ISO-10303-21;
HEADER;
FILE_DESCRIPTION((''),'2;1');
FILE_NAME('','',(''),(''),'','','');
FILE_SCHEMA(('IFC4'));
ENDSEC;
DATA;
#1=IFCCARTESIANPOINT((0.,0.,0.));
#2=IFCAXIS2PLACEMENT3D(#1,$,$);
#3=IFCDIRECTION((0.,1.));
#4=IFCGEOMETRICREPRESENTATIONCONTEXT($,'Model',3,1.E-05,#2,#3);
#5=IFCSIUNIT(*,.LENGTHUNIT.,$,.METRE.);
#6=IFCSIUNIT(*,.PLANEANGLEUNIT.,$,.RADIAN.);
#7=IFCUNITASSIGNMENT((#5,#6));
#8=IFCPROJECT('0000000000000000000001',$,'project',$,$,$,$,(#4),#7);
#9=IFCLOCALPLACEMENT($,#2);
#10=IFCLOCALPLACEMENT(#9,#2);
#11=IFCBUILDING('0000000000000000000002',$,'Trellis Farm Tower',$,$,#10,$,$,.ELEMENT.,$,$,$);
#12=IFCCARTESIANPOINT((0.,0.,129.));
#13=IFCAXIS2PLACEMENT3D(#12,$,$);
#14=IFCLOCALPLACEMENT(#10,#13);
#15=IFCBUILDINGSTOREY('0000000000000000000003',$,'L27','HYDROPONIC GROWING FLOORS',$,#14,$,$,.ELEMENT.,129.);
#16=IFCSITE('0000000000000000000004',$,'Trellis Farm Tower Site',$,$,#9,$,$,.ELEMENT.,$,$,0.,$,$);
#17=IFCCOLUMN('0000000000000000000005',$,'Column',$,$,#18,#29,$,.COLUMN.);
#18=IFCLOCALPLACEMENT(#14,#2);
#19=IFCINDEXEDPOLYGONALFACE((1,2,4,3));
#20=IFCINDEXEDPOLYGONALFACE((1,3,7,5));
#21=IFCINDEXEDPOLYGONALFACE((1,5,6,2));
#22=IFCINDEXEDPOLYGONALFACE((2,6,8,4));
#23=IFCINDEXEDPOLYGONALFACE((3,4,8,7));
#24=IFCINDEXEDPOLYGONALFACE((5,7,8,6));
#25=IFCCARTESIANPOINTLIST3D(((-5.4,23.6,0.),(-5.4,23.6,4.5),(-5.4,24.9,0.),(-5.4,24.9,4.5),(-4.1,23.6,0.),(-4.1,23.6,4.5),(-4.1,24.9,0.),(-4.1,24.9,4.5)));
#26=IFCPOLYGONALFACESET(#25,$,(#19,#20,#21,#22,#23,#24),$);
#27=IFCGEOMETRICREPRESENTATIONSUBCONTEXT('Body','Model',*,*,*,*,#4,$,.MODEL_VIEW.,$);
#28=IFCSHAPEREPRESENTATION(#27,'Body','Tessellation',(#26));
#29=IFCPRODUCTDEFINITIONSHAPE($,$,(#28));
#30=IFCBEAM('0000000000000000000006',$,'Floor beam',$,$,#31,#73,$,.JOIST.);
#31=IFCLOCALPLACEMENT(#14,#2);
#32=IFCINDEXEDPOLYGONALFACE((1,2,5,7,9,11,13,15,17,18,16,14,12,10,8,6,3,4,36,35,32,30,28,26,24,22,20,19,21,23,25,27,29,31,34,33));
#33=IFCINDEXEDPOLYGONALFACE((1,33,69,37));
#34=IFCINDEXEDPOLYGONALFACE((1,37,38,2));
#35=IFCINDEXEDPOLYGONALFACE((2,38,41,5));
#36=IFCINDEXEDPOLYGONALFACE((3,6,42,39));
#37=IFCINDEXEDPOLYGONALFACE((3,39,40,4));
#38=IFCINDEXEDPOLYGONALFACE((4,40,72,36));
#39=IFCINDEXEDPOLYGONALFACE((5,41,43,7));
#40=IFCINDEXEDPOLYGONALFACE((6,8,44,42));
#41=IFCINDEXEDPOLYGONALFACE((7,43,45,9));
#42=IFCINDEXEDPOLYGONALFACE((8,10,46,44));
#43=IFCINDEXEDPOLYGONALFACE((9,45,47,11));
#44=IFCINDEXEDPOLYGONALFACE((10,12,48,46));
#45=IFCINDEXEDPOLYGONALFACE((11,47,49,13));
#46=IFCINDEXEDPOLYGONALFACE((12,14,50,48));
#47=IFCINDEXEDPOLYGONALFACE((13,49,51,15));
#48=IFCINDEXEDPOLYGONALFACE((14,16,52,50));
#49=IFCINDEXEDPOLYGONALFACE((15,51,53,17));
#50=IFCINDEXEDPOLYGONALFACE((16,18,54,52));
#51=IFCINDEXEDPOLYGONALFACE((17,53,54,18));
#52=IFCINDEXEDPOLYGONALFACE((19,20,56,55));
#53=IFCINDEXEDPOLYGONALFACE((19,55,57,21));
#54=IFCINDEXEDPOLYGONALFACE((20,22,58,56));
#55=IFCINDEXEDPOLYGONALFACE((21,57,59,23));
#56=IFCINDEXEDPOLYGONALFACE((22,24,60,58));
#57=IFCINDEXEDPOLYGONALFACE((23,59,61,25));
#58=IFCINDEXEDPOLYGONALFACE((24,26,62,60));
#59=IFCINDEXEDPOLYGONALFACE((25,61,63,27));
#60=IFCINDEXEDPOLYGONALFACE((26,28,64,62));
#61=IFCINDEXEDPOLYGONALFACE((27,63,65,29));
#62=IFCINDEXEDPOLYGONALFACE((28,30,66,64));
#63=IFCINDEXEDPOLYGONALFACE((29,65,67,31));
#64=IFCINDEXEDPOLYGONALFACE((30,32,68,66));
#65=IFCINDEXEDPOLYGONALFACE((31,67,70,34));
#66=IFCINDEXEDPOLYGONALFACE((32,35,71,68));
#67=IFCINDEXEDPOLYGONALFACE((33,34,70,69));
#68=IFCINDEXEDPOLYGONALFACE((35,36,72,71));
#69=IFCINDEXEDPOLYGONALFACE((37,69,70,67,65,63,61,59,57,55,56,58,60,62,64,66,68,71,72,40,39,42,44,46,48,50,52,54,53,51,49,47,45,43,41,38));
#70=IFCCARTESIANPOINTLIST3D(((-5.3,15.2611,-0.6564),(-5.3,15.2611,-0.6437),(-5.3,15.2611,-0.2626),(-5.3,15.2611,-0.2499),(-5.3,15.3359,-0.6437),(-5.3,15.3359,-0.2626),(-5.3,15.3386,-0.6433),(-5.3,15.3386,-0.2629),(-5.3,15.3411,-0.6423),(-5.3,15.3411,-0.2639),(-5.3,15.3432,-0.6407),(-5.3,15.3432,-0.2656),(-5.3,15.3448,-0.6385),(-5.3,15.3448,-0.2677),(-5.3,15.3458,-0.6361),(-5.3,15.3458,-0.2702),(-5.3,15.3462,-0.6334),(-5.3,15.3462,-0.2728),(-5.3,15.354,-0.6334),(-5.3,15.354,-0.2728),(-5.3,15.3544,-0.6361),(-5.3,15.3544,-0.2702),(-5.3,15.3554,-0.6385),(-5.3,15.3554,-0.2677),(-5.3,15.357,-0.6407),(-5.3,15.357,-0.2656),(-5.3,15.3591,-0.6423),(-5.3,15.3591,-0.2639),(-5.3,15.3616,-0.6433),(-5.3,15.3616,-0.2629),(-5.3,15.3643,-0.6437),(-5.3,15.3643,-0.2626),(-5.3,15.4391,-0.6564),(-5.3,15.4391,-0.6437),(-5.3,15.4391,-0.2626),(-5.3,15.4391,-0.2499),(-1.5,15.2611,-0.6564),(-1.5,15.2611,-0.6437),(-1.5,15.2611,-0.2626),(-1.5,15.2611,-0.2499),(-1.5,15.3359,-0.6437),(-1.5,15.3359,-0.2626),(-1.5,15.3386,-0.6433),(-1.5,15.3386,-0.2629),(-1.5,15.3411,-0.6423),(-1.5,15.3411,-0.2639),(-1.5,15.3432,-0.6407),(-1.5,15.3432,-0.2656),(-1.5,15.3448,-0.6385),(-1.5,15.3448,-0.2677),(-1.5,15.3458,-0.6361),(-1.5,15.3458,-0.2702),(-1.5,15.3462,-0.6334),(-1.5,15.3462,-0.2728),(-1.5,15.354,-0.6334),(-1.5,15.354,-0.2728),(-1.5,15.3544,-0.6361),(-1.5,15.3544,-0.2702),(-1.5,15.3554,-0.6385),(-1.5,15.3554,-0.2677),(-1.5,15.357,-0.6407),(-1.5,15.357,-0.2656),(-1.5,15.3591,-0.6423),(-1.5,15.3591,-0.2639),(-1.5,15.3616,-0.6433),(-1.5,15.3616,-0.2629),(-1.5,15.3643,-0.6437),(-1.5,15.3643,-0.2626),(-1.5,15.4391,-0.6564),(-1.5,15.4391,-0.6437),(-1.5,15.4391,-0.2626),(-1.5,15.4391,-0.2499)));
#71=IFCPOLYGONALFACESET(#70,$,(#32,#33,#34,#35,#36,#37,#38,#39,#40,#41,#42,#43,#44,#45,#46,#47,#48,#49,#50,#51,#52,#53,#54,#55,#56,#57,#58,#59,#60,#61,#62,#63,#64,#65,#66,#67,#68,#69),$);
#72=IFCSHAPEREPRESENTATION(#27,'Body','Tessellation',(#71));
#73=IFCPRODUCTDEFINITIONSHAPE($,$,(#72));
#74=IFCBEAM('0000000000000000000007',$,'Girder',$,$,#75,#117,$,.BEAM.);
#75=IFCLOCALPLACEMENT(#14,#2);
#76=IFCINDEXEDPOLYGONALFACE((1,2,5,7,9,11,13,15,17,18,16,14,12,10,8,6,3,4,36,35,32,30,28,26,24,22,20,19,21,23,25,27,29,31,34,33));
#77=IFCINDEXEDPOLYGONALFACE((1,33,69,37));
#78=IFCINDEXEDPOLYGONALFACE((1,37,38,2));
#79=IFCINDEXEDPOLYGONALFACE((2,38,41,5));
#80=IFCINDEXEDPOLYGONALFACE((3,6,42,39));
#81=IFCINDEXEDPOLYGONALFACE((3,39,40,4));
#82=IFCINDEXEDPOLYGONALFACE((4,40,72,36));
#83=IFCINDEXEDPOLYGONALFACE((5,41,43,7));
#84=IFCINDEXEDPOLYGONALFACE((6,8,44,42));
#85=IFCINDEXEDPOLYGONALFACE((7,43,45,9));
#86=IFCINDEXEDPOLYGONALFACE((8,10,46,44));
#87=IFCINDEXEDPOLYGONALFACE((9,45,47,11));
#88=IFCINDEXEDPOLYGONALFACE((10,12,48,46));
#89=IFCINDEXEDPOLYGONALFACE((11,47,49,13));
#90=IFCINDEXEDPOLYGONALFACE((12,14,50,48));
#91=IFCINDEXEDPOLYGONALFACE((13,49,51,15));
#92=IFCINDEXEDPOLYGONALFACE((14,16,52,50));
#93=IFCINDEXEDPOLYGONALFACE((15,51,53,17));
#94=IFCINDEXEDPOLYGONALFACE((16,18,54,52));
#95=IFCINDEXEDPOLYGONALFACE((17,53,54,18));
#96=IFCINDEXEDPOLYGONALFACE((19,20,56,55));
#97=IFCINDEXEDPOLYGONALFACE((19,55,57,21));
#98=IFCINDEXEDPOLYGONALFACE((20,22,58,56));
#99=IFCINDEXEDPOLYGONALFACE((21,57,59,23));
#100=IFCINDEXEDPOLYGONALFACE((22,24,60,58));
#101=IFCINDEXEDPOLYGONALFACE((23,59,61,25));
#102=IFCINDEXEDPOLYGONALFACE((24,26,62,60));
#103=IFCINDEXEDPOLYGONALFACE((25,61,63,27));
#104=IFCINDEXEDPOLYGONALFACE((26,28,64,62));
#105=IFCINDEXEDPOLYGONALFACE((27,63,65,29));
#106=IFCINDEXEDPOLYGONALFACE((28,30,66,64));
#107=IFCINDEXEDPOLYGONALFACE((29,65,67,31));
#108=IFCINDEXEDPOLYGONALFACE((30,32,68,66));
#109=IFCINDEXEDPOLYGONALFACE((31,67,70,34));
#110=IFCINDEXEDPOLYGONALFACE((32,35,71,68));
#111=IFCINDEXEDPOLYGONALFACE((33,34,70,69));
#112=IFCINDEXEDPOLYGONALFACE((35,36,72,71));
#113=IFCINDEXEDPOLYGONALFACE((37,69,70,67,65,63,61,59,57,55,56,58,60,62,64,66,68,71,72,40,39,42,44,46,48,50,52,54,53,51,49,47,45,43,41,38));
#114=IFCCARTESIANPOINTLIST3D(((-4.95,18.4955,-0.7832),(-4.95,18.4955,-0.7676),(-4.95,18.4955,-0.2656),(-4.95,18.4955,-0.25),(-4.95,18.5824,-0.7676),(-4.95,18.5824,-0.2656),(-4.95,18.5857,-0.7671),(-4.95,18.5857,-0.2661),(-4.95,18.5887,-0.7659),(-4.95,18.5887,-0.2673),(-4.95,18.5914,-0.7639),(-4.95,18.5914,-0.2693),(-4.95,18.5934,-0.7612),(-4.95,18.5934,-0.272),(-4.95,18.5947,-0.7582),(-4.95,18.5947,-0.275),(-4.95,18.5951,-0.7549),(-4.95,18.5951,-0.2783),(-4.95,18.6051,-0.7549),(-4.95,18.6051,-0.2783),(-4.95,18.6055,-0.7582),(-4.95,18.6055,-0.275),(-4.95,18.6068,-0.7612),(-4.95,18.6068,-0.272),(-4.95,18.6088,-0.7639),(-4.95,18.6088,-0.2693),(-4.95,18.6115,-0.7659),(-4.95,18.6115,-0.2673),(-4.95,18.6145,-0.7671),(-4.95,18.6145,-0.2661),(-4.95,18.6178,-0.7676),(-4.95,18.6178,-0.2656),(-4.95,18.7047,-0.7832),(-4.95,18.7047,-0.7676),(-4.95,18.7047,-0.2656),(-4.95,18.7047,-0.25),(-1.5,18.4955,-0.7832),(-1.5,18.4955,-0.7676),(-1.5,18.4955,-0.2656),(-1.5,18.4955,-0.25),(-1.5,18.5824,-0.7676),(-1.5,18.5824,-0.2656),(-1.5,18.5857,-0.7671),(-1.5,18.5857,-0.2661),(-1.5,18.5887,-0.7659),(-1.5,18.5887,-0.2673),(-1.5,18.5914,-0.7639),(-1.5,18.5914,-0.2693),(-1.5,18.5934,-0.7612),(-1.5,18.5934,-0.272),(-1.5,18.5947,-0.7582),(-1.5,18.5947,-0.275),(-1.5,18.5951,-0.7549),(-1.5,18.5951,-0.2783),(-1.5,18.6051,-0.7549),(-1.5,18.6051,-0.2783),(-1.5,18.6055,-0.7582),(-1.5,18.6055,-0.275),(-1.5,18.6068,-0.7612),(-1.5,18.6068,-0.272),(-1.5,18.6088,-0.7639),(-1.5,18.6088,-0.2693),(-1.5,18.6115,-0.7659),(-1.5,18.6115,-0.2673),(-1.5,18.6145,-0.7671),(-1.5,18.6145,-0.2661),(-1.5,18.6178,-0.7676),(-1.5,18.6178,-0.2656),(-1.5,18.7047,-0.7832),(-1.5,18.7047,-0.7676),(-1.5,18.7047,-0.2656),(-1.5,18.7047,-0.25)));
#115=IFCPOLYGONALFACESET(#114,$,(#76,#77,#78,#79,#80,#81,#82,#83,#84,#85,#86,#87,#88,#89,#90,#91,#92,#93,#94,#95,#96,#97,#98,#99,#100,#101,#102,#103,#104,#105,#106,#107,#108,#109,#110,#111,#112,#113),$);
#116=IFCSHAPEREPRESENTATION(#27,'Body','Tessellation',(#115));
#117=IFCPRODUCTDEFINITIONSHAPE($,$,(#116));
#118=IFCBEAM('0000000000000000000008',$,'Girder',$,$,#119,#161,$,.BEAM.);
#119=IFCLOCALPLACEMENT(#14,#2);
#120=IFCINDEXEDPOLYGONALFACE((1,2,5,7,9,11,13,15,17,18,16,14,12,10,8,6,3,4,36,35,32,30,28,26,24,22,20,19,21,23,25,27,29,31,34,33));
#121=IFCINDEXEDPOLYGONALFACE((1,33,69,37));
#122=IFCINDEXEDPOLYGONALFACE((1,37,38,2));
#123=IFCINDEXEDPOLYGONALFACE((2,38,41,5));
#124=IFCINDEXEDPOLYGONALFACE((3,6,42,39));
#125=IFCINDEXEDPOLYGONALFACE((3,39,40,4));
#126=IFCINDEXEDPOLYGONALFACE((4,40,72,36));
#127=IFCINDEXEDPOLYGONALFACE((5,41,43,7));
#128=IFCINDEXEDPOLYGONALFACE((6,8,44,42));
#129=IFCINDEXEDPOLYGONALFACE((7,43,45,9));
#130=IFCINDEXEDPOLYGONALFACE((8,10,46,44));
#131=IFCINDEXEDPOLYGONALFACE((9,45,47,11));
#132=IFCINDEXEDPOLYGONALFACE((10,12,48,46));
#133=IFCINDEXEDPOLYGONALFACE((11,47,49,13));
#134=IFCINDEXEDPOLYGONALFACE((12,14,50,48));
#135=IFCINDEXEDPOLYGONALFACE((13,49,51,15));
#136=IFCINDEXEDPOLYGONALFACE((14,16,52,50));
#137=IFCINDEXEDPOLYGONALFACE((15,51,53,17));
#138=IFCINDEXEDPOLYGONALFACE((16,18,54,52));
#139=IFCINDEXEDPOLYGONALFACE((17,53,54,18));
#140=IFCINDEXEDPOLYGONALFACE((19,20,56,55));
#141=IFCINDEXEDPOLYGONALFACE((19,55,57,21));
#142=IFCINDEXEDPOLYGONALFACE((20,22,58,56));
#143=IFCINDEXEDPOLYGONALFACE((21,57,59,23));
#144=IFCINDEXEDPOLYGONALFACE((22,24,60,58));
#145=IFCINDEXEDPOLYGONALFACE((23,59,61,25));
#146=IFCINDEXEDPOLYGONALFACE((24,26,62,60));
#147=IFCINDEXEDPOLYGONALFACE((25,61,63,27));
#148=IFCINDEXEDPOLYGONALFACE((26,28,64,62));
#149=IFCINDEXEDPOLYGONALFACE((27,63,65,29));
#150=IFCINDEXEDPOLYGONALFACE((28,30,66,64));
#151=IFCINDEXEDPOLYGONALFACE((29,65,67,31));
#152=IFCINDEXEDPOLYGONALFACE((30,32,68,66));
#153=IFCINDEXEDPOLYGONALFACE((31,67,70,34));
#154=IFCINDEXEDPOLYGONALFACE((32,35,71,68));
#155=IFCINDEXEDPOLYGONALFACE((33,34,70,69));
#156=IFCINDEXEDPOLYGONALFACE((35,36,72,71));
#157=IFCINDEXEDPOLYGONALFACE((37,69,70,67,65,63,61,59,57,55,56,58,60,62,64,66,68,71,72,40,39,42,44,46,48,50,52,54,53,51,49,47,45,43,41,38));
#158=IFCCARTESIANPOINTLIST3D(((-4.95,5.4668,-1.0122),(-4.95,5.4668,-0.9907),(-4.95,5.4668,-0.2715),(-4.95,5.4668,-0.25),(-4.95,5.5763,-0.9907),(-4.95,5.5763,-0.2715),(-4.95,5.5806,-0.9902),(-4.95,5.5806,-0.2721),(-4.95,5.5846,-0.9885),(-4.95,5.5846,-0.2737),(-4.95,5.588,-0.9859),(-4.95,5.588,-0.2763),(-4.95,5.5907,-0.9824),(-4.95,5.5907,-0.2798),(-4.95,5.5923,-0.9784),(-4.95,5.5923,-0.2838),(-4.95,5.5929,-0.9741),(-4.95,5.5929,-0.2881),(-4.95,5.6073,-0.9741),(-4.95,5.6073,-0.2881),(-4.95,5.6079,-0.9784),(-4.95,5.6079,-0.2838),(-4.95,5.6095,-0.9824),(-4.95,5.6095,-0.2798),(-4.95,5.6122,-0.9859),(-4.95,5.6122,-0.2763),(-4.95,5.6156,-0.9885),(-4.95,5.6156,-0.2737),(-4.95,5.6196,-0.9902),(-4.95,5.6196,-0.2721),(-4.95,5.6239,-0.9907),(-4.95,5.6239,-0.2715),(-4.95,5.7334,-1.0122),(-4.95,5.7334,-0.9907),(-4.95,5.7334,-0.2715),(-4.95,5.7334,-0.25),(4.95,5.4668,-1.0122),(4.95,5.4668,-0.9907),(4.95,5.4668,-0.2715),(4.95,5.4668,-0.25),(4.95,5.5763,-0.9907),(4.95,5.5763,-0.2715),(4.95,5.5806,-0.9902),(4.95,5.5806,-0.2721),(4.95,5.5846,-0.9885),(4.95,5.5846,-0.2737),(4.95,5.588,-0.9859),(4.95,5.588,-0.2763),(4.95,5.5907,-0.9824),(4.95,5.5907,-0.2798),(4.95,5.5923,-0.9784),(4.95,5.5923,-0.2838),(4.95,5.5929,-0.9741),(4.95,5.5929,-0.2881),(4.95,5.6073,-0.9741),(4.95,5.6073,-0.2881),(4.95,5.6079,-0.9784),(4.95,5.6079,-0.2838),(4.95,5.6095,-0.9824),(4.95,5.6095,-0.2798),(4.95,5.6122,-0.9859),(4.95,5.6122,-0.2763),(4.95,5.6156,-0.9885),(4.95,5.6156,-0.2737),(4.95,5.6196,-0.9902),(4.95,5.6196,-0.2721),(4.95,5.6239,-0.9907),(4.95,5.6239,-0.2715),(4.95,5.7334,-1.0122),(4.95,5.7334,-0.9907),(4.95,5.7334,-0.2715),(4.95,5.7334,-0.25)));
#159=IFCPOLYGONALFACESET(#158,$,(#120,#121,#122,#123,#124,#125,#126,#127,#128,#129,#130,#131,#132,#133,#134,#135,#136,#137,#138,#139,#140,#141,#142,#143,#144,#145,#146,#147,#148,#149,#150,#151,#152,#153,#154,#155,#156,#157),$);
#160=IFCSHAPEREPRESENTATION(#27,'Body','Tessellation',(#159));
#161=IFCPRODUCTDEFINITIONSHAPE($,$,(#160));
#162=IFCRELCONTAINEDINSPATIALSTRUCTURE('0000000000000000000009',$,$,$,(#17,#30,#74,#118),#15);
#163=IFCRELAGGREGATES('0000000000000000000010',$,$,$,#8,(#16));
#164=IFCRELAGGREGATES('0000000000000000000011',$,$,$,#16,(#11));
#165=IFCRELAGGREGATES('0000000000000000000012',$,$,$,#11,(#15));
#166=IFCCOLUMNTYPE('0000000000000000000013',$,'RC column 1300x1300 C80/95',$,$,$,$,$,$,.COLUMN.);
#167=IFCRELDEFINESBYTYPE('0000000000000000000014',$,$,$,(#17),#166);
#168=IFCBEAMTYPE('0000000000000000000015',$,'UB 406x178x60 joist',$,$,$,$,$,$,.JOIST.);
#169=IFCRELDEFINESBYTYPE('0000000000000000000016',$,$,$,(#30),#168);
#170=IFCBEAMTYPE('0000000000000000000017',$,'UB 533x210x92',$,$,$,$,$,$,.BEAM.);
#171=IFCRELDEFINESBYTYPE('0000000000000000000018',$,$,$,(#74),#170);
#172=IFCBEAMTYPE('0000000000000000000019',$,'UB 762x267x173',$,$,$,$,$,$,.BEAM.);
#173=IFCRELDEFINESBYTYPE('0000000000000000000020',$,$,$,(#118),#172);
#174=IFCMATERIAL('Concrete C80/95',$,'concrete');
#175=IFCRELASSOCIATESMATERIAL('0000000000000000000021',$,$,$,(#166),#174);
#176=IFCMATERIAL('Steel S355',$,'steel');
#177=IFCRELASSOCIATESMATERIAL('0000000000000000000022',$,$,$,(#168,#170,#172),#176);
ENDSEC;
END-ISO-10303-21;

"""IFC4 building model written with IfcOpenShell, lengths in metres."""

from ifc_helpers import new_model, si_unit, direction, frame, origin, origin_2d, place, context, subcontext, project, spatial, rectangle, i_section, extrude, source, transform, mapped, material, material_profile, profile_set, type_object, element, save


model = new_model("IFC4")

# Units and contexts
model_context = context("Model", 3, precision=1e-05, world=origin(), true_north=direction((0.0, 1.0)))
body_context = subcontext(model_context, "Body", "Model", "MODEL_VIEW")
ifc_project = project(units=[si_unit("LENGTHUNIT", "METRE"), si_unit("PLANEANGLEUNIT", "RADIAN")], contexts=[model_context])

# Site, building, storey
site_placement = place(None, origin())
site = spatial("IfcSite", under=ifc_project, at=site_placement, Name="Trellis Farm Tower Site", CompositionType="ELEMENT", RefElevation=0.0)
building_placement = place(site_placement, origin())
building = spatial("IfcBuilding", under=site, at=building_placement, Name="Trellis Farm Tower", CompositionType="ELEMENT")
storey_placement = place(building_placement, frame((0.0, 0.0, 129.0)))
storey = spatial("IfcBuildingStorey", under=building, at=storey_placement, Name="L27", Description="HYDROPONIC GROWING FLOORS", CompositionType="ELEMENT", Elevation=129.0)

# Column
ifc_material_1 = material(Name="Concrete C80/95", Category="concrete")
ifc_material_profile_1 = material_profile(ifc_material_1, rectangle(XDim=1.3, YDim=1.3, at=origin_2d()), Name="RC column 1300x1300 C80/95")
ifc_profile_set_1 = profile_set([ifc_material_profile_1], Name="Concrete C80/95")
column_type = type_object("IfcColumnType", Name="RC column 1300x1300 C80/95", PredefinedType="COLUMN", material=ifc_profile_set_1)
shared_shape_1 = source(origin(), body_context, "Body", "SweptSolid", [
    extrude(rectangle(XDim=1.3, YDim=1.3, at=origin_2d()), origin(), (0.0, 0.0, 1.0), 4.5),
])
column_placement = place(storey_placement, frame((-4.75, 24.25, 0.0), z_axis=(0.0, 0.0, 1.0), x_axis=(1.0, 0.0, 0.0)))
element("IfcColumn", 1, at=column_placement, inside=storey, type_object=column_type, Name="Column", PredefinedType="COLUMN", context=body_context, shape_type="MappedRepresentation", body=[
    mapped(shared_shape_1, transform((0.0, 0.0, 0.0))),
])

# Beams
ifc_material_2 = material(Name="Steel S355", Category="steel")
ifc_material_profile_2 = material_profile(ifc_material_2, i_section(OverallWidth=0.178, OverallDepth=0.4065, WebThickness=0.0078, FlangeThickness=0.0127, FilletRadius=0.0103, at=origin_2d()), Name="UB 406x178x60")
ifc_profile_set_2 = profile_set([ifc_material_profile_2], Name="Steel S355")
beam_type_1 = type_object("IfcBeamType", Name="UB 406x178x60 joist", PredefinedType="JOIST", material=ifc_profile_set_2)
shared_shape_2 = source(origin(), body_context, "Body", "SweptSolid", [
    extrude(i_section(OverallWidth=0.178, OverallDepth=0.4065, WebThickness=0.0078, FlangeThickness=0.0127, FilletRadius=0.0103, at=origin_2d()), origin(), (0.0, 0.0, 1.0), 3.8),
])
beam_1_placement = place(storey_placement, frame((-5.3, 15.3501, -0.4531), z_axis=(1.0, 0.0, 0.0), x_axis=(0.0, 1.0, 0.0)))
element("IfcBeam", 2, at=beam_1_placement, inside=storey, type_object=beam_type_1, Name="Floor beam", PredefinedType="JOIST", context=body_context, shape_type="MappedRepresentation", body=[
    mapped(shared_shape_2, transform((0.0, 0.0, 0.0))),
])
ifc_material_profile_3 = material_profile(ifc_material_2, i_section(OverallWidth=0.2092, OverallDepth=0.5332, WebThickness=0.01, FlangeThickness=0.0156, FilletRadius=0.0127, at=origin_2d()), Name="UB 533x210x92")
ifc_profile_set_3 = profile_set([ifc_material_profile_3], Name="Steel S355")
beam_type_2 = type_object("IfcBeamType", Name="UB 533x210x92", PredefinedType="BEAM", material=ifc_profile_set_3)
shared_shape_3 = source(origin(), body_context, "Body", "SweptSolid", [
    extrude(i_section(OverallWidth=0.2092, OverallDepth=0.5332, WebThickness=0.01, FlangeThickness=0.0156, FilletRadius=0.0127, at=origin_2d()), origin(), (0.0, 0.0, 1.0), 3.45),
])
beam_2_placement = place(storey_placement, frame((-4.95, 18.6001, -0.5166), z_axis=(1.0, 0.0, 0.0), x_axis=(0.0, 1.0, 0.0)))
element("IfcBeam", 3, at=beam_2_placement, inside=storey, type_object=beam_type_2, Name="Girder", PredefinedType="BEAM", context=body_context, shape_type="MappedRepresentation", body=[
    mapped(shared_shape_3, transform((0.0, 0.0, 0.0))),
])
ifc_material_profile_4 = material_profile(ifc_material_2, i_section(OverallWidth=0.2666, OverallDepth=0.7622, WebThickness=0.0144, FlangeThickness=0.0215, FilletRadius=0.0166, at=origin_2d()), Name="UB 762x267x173")
ifc_profile_set_4 = profile_set([ifc_material_profile_4], Name="Steel S355")
beam_type_3 = type_object("IfcBeamType", Name="UB 762x267x173", PredefinedType="BEAM", material=ifc_profile_set_4)
shared_shape_4 = source(origin(), body_context, "Body", "SweptSolid", [
    extrude(i_section(OverallWidth=0.2666, OverallDepth=0.7622, WebThickness=0.0144, FlangeThickness=0.0215, FilletRadius=0.0166, at=origin_2d()), origin(), (0.0, 0.0, 1.0), 9.8999),
])
for number, where, z_axis, x_axis, name in (
    (4, (-4.95, 5.6001, -0.6311), (1.0, 0.0, 0.0), (0.0, 1.0, 0.0), "Girder"),
):
    element("IfcBeam", number, at=place(storey_placement, frame(where, z_axis=z_axis, x_axis=x_axis)), inside=storey, type_object=beam_type_3, Name=name, PredefinedType="BEAM", context=body_context, shape_type="MappedRepresentation", body=[
        mapped(shared_shape_4, transform((0.0, 0.0, 0.0))),
    ])

save(model, "model.ifc")
